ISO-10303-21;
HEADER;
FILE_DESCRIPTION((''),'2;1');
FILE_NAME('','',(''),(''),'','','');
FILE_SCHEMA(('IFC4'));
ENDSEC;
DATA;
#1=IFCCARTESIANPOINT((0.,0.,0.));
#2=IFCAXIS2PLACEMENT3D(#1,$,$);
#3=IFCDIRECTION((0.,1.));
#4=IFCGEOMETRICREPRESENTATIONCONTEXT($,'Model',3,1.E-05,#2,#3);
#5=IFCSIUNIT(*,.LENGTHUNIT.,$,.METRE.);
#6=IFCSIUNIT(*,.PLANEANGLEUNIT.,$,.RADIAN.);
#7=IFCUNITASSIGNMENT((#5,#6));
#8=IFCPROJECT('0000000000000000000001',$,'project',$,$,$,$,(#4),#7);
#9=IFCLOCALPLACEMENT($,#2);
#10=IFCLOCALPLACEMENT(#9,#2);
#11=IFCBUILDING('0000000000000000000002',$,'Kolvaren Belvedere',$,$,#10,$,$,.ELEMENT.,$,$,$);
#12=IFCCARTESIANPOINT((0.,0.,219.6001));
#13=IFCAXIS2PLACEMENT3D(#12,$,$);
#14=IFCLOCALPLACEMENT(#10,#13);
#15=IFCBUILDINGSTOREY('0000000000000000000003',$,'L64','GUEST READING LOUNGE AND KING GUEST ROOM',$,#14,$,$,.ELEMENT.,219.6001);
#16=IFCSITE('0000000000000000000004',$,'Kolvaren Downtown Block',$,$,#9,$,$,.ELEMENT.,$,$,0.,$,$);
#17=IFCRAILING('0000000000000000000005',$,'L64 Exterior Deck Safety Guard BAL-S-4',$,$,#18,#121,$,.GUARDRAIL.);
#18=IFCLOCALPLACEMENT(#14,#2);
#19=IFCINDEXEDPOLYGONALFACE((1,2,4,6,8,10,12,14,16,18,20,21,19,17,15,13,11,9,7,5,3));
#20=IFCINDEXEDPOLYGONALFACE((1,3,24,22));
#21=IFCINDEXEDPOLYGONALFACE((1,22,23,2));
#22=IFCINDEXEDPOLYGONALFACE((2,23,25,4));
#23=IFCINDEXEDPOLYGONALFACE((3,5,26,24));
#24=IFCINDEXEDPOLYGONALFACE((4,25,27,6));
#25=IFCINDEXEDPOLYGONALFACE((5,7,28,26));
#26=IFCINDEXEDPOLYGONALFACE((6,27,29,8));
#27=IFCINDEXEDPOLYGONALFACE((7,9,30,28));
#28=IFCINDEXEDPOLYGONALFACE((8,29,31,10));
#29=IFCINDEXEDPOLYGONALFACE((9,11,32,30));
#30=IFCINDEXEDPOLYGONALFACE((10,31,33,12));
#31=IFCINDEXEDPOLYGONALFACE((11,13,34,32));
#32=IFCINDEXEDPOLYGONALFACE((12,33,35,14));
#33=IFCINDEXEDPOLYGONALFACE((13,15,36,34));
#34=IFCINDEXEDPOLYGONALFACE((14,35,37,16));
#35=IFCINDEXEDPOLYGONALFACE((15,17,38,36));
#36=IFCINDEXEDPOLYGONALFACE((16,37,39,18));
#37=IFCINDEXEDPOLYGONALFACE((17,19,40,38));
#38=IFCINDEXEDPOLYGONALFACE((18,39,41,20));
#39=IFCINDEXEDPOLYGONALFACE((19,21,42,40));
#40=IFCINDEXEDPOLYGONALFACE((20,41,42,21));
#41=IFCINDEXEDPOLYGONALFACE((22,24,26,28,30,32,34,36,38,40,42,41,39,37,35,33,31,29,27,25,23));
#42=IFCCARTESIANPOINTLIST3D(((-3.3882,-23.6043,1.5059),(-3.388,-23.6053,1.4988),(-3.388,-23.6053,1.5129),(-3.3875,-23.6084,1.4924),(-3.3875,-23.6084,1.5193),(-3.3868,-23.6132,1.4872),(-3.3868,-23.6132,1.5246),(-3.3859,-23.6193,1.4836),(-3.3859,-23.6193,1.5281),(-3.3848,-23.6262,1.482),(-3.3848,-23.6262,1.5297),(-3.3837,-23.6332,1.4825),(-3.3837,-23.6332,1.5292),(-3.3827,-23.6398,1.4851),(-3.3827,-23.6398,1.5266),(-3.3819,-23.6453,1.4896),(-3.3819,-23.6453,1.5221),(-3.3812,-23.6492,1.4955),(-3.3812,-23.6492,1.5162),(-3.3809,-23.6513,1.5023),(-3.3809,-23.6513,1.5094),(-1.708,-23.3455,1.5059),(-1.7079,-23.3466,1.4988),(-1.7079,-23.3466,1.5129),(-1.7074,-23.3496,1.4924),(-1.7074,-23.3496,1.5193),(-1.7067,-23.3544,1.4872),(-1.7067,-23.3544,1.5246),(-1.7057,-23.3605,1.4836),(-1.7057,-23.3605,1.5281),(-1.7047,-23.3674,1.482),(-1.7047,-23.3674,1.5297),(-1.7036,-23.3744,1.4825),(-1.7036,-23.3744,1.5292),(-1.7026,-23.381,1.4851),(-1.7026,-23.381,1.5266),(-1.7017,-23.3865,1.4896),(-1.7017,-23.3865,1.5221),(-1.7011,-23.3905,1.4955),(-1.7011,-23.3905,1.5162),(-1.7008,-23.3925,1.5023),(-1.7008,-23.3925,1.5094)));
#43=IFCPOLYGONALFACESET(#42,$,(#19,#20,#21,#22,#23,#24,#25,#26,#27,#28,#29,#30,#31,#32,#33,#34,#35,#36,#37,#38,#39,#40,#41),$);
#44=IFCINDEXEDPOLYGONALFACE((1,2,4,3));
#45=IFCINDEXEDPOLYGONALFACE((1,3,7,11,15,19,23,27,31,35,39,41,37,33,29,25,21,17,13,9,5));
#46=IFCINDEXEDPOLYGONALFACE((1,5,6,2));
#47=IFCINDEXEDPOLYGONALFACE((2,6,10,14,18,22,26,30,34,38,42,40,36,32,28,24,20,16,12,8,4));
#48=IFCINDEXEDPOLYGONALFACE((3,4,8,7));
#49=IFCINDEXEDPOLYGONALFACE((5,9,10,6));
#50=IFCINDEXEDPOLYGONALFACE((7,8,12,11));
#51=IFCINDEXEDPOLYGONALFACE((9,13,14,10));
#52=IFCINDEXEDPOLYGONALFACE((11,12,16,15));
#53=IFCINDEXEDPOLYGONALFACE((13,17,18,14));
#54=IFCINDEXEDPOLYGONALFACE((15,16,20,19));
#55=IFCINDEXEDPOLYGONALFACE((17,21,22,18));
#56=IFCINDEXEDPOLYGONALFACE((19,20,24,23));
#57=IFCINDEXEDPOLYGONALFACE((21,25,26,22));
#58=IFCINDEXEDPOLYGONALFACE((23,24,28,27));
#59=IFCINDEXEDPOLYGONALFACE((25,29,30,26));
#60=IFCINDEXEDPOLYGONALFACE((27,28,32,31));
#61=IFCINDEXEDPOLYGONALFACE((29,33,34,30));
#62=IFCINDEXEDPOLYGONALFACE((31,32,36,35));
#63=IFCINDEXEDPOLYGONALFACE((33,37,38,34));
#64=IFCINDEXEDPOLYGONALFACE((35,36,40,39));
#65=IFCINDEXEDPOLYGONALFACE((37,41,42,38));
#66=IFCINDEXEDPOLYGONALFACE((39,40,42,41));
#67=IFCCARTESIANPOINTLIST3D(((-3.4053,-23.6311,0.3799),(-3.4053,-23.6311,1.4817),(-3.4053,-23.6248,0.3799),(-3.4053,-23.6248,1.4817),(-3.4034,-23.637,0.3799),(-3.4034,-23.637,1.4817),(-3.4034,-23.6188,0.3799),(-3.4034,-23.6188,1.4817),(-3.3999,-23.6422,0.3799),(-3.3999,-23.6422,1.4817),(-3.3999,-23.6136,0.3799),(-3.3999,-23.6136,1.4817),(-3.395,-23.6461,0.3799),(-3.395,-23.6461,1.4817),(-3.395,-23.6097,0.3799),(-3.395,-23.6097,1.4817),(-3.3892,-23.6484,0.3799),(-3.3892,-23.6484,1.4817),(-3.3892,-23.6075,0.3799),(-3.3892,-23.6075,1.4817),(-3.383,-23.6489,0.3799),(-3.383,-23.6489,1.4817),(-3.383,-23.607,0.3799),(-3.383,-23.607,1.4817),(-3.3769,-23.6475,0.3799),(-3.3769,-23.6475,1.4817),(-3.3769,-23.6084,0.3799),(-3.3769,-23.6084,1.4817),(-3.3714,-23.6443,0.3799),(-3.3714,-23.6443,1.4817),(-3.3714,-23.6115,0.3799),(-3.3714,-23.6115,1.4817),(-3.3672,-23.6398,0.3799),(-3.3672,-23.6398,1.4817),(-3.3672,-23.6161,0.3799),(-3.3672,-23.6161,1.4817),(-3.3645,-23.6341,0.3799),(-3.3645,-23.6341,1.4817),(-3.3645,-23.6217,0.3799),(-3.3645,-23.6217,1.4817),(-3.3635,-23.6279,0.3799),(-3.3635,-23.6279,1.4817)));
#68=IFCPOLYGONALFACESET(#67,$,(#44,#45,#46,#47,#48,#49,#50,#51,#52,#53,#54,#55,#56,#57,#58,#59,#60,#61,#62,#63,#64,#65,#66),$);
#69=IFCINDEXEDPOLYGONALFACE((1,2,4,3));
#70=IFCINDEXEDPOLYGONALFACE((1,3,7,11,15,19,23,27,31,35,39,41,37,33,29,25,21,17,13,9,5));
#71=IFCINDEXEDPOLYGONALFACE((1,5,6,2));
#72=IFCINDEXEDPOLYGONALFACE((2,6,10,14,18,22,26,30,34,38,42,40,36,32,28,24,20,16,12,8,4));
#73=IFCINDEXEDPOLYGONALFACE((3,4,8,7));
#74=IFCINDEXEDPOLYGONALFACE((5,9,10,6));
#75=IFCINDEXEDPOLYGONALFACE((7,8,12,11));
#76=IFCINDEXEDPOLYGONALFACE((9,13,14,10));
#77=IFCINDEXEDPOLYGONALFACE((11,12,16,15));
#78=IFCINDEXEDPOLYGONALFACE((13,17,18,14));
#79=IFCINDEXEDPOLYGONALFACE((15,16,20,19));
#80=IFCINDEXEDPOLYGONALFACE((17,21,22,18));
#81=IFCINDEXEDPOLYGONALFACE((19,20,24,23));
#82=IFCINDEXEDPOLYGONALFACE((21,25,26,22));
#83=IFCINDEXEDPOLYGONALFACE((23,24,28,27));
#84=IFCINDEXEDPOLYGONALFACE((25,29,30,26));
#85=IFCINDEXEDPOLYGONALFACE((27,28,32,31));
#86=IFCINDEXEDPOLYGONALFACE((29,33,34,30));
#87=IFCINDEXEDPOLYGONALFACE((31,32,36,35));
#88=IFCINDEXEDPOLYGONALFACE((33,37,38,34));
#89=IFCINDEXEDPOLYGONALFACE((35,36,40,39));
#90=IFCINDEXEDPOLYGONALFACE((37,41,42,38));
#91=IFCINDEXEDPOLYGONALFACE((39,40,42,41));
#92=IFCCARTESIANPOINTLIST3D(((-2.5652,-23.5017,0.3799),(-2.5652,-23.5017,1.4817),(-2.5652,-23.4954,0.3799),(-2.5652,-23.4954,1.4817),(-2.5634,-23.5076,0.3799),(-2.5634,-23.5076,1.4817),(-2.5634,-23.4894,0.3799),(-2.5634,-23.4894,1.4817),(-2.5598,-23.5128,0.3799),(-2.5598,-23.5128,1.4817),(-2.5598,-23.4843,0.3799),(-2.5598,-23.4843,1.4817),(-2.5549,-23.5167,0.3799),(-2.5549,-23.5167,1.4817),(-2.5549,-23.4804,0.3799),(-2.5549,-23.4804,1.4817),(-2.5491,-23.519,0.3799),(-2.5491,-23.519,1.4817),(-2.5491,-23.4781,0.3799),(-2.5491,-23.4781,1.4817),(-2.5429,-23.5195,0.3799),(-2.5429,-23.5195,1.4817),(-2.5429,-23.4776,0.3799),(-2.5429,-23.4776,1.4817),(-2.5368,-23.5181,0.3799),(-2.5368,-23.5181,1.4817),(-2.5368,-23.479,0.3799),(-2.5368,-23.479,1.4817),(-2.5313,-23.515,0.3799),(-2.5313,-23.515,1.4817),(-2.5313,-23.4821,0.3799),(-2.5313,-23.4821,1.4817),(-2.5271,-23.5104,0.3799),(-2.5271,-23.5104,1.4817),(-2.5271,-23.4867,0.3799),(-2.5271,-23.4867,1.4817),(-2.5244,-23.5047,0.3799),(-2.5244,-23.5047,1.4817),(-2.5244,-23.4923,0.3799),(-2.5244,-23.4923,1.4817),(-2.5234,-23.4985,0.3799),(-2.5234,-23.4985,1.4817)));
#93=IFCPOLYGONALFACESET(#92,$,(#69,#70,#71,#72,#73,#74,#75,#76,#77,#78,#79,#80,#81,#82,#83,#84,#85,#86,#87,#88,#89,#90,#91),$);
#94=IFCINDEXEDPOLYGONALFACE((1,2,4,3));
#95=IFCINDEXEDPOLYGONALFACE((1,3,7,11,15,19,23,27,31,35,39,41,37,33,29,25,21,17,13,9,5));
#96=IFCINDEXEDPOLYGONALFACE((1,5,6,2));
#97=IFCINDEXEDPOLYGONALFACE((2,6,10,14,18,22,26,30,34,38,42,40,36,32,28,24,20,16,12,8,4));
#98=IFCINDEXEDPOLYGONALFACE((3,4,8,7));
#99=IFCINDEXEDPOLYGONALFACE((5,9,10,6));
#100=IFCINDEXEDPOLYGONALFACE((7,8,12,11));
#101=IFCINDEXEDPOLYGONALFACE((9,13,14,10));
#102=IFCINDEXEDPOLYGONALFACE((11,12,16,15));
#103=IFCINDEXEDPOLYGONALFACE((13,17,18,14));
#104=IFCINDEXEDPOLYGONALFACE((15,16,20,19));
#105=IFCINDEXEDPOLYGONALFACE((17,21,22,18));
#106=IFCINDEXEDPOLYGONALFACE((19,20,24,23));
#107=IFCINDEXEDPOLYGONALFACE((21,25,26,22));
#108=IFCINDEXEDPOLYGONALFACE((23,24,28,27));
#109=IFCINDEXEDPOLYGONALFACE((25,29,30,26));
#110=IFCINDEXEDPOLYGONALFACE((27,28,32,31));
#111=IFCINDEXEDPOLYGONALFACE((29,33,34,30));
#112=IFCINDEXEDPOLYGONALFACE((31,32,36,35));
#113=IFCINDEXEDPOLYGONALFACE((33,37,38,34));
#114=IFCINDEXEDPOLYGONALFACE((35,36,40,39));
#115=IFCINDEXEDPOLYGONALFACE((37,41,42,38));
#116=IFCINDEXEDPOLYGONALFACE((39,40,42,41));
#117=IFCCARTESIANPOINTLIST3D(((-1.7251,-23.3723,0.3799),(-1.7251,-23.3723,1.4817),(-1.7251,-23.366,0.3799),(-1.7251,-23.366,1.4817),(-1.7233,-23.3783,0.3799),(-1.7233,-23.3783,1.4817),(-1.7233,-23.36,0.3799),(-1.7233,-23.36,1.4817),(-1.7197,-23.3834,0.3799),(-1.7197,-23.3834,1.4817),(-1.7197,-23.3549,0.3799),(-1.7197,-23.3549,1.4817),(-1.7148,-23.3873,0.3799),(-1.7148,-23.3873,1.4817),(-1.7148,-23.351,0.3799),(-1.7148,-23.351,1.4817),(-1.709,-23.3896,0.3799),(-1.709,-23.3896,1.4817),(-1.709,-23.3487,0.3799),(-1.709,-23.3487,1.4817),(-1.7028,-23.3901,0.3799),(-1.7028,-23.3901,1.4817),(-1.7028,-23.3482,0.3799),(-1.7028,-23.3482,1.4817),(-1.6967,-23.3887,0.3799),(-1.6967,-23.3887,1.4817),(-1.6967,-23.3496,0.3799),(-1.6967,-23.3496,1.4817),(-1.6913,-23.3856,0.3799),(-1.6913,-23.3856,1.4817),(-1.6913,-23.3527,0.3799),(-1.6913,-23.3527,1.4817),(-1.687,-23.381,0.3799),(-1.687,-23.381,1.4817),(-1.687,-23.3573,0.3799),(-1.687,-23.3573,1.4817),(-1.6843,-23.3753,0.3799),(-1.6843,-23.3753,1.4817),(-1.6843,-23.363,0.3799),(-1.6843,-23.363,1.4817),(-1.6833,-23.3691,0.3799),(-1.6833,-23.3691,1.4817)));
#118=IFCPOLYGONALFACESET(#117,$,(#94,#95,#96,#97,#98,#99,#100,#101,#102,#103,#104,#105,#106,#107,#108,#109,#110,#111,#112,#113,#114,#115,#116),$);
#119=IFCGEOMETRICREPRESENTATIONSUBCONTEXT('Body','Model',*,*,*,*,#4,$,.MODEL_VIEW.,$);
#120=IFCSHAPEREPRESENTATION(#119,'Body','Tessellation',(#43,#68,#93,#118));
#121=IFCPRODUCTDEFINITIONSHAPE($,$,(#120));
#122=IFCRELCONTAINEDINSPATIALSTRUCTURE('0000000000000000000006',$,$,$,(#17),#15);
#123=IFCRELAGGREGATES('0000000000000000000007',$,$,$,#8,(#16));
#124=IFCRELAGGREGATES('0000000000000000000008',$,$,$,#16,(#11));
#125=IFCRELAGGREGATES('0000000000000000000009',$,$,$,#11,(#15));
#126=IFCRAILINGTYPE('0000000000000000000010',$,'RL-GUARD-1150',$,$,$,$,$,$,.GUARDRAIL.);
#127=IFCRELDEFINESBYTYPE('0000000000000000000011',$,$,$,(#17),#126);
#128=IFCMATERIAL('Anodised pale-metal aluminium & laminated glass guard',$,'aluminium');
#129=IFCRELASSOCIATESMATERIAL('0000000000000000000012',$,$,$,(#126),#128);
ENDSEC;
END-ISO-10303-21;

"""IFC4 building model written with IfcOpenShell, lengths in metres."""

from ifc_helpers import new_model, si_unit, direction, frame, origin, origin_2d, place, context, subcontext, project, spatial, circle, extrude, material, type_object, element, save


model = new_model("IFC4")

# Units and contexts
model_context = context("Model", 3, precision=1e-05, world=origin(), true_north=direction((0.0, 1.0)))
body_context = subcontext(model_context, "Body", "Model", "MODEL_VIEW")
ifc_project = project(units=[si_unit("LENGTHUNIT", "METRE"), si_unit("PLANEANGLEUNIT", "RADIAN")], contexts=[model_context])

# Site, building, storey
site_placement = place(None, origin())
site = spatial("IfcSite", under=ifc_project, at=site_placement, Name="Kolvaren Downtown Block", CompositionType="ELEMENT", RefElevation=0.0)
building_placement = place(site_placement, origin())
building = spatial("IfcBuilding", under=site, at=building_placement, Name="Kolvaren Belvedere", CompositionType="ELEMENT")
storey_placement = place(building_placement, frame((0.0, 0.0, 219.6001)))
storey = spatial("IfcBuildingStorey", under=building, at=storey_placement, Name="L64", Description="GUEST READING LOUNGE AND KING GUEST ROOM", CompositionType="ELEMENT", Elevation=219.6001)

# Railing
ifc_material_1 = material(Name="Anodised pale-metal aluminium & laminated glass guard", Category="aluminium")
railing_type = type_object("IfcRailingType", Name="RL-GUARD-1150", PredefinedType="GUARDRAIL", material=ifc_material_1)
railing_1_placement = place(storey_placement, frame((-3.3845, -23.6279, 0.3799)))
element("IfcRailing", 1, at=railing_1_placement, inside=storey, type_object=railing_type, Name="L64 Exterior Deck Safety Guard BAL-S-4", PredefinedType="GUARDRAIL", context=body_context, shape_type="SweptSolid", body=[
    extrude(circle(Radius=0.0239, at=origin_2d()), frame((0.0, 0.0, 1.126), z_axis=(0.988345, 0.15223, 0.0), x_axis=(-0.15223, 0.988345, 0.0)), (0.0, 0.0, 1.0), 1.7),
    extrude(circle(Radius=0.021, at=origin_2d()), origin(), (0.0, 0.0, 1.0), 1.1018),
    extrude(circle(Radius=0.021, at=origin_2d()), frame((0.8401, 0.1294, 0.0)), (0.0, 0.0, 1.0), 1.1018),
    extrude(circle(Radius=0.021, at=origin_2d()), frame((1.6802, 0.2588, 0.0)), (0.0, 0.0, 1.0), 1.1018),
])

save(model, "model.ifc")
